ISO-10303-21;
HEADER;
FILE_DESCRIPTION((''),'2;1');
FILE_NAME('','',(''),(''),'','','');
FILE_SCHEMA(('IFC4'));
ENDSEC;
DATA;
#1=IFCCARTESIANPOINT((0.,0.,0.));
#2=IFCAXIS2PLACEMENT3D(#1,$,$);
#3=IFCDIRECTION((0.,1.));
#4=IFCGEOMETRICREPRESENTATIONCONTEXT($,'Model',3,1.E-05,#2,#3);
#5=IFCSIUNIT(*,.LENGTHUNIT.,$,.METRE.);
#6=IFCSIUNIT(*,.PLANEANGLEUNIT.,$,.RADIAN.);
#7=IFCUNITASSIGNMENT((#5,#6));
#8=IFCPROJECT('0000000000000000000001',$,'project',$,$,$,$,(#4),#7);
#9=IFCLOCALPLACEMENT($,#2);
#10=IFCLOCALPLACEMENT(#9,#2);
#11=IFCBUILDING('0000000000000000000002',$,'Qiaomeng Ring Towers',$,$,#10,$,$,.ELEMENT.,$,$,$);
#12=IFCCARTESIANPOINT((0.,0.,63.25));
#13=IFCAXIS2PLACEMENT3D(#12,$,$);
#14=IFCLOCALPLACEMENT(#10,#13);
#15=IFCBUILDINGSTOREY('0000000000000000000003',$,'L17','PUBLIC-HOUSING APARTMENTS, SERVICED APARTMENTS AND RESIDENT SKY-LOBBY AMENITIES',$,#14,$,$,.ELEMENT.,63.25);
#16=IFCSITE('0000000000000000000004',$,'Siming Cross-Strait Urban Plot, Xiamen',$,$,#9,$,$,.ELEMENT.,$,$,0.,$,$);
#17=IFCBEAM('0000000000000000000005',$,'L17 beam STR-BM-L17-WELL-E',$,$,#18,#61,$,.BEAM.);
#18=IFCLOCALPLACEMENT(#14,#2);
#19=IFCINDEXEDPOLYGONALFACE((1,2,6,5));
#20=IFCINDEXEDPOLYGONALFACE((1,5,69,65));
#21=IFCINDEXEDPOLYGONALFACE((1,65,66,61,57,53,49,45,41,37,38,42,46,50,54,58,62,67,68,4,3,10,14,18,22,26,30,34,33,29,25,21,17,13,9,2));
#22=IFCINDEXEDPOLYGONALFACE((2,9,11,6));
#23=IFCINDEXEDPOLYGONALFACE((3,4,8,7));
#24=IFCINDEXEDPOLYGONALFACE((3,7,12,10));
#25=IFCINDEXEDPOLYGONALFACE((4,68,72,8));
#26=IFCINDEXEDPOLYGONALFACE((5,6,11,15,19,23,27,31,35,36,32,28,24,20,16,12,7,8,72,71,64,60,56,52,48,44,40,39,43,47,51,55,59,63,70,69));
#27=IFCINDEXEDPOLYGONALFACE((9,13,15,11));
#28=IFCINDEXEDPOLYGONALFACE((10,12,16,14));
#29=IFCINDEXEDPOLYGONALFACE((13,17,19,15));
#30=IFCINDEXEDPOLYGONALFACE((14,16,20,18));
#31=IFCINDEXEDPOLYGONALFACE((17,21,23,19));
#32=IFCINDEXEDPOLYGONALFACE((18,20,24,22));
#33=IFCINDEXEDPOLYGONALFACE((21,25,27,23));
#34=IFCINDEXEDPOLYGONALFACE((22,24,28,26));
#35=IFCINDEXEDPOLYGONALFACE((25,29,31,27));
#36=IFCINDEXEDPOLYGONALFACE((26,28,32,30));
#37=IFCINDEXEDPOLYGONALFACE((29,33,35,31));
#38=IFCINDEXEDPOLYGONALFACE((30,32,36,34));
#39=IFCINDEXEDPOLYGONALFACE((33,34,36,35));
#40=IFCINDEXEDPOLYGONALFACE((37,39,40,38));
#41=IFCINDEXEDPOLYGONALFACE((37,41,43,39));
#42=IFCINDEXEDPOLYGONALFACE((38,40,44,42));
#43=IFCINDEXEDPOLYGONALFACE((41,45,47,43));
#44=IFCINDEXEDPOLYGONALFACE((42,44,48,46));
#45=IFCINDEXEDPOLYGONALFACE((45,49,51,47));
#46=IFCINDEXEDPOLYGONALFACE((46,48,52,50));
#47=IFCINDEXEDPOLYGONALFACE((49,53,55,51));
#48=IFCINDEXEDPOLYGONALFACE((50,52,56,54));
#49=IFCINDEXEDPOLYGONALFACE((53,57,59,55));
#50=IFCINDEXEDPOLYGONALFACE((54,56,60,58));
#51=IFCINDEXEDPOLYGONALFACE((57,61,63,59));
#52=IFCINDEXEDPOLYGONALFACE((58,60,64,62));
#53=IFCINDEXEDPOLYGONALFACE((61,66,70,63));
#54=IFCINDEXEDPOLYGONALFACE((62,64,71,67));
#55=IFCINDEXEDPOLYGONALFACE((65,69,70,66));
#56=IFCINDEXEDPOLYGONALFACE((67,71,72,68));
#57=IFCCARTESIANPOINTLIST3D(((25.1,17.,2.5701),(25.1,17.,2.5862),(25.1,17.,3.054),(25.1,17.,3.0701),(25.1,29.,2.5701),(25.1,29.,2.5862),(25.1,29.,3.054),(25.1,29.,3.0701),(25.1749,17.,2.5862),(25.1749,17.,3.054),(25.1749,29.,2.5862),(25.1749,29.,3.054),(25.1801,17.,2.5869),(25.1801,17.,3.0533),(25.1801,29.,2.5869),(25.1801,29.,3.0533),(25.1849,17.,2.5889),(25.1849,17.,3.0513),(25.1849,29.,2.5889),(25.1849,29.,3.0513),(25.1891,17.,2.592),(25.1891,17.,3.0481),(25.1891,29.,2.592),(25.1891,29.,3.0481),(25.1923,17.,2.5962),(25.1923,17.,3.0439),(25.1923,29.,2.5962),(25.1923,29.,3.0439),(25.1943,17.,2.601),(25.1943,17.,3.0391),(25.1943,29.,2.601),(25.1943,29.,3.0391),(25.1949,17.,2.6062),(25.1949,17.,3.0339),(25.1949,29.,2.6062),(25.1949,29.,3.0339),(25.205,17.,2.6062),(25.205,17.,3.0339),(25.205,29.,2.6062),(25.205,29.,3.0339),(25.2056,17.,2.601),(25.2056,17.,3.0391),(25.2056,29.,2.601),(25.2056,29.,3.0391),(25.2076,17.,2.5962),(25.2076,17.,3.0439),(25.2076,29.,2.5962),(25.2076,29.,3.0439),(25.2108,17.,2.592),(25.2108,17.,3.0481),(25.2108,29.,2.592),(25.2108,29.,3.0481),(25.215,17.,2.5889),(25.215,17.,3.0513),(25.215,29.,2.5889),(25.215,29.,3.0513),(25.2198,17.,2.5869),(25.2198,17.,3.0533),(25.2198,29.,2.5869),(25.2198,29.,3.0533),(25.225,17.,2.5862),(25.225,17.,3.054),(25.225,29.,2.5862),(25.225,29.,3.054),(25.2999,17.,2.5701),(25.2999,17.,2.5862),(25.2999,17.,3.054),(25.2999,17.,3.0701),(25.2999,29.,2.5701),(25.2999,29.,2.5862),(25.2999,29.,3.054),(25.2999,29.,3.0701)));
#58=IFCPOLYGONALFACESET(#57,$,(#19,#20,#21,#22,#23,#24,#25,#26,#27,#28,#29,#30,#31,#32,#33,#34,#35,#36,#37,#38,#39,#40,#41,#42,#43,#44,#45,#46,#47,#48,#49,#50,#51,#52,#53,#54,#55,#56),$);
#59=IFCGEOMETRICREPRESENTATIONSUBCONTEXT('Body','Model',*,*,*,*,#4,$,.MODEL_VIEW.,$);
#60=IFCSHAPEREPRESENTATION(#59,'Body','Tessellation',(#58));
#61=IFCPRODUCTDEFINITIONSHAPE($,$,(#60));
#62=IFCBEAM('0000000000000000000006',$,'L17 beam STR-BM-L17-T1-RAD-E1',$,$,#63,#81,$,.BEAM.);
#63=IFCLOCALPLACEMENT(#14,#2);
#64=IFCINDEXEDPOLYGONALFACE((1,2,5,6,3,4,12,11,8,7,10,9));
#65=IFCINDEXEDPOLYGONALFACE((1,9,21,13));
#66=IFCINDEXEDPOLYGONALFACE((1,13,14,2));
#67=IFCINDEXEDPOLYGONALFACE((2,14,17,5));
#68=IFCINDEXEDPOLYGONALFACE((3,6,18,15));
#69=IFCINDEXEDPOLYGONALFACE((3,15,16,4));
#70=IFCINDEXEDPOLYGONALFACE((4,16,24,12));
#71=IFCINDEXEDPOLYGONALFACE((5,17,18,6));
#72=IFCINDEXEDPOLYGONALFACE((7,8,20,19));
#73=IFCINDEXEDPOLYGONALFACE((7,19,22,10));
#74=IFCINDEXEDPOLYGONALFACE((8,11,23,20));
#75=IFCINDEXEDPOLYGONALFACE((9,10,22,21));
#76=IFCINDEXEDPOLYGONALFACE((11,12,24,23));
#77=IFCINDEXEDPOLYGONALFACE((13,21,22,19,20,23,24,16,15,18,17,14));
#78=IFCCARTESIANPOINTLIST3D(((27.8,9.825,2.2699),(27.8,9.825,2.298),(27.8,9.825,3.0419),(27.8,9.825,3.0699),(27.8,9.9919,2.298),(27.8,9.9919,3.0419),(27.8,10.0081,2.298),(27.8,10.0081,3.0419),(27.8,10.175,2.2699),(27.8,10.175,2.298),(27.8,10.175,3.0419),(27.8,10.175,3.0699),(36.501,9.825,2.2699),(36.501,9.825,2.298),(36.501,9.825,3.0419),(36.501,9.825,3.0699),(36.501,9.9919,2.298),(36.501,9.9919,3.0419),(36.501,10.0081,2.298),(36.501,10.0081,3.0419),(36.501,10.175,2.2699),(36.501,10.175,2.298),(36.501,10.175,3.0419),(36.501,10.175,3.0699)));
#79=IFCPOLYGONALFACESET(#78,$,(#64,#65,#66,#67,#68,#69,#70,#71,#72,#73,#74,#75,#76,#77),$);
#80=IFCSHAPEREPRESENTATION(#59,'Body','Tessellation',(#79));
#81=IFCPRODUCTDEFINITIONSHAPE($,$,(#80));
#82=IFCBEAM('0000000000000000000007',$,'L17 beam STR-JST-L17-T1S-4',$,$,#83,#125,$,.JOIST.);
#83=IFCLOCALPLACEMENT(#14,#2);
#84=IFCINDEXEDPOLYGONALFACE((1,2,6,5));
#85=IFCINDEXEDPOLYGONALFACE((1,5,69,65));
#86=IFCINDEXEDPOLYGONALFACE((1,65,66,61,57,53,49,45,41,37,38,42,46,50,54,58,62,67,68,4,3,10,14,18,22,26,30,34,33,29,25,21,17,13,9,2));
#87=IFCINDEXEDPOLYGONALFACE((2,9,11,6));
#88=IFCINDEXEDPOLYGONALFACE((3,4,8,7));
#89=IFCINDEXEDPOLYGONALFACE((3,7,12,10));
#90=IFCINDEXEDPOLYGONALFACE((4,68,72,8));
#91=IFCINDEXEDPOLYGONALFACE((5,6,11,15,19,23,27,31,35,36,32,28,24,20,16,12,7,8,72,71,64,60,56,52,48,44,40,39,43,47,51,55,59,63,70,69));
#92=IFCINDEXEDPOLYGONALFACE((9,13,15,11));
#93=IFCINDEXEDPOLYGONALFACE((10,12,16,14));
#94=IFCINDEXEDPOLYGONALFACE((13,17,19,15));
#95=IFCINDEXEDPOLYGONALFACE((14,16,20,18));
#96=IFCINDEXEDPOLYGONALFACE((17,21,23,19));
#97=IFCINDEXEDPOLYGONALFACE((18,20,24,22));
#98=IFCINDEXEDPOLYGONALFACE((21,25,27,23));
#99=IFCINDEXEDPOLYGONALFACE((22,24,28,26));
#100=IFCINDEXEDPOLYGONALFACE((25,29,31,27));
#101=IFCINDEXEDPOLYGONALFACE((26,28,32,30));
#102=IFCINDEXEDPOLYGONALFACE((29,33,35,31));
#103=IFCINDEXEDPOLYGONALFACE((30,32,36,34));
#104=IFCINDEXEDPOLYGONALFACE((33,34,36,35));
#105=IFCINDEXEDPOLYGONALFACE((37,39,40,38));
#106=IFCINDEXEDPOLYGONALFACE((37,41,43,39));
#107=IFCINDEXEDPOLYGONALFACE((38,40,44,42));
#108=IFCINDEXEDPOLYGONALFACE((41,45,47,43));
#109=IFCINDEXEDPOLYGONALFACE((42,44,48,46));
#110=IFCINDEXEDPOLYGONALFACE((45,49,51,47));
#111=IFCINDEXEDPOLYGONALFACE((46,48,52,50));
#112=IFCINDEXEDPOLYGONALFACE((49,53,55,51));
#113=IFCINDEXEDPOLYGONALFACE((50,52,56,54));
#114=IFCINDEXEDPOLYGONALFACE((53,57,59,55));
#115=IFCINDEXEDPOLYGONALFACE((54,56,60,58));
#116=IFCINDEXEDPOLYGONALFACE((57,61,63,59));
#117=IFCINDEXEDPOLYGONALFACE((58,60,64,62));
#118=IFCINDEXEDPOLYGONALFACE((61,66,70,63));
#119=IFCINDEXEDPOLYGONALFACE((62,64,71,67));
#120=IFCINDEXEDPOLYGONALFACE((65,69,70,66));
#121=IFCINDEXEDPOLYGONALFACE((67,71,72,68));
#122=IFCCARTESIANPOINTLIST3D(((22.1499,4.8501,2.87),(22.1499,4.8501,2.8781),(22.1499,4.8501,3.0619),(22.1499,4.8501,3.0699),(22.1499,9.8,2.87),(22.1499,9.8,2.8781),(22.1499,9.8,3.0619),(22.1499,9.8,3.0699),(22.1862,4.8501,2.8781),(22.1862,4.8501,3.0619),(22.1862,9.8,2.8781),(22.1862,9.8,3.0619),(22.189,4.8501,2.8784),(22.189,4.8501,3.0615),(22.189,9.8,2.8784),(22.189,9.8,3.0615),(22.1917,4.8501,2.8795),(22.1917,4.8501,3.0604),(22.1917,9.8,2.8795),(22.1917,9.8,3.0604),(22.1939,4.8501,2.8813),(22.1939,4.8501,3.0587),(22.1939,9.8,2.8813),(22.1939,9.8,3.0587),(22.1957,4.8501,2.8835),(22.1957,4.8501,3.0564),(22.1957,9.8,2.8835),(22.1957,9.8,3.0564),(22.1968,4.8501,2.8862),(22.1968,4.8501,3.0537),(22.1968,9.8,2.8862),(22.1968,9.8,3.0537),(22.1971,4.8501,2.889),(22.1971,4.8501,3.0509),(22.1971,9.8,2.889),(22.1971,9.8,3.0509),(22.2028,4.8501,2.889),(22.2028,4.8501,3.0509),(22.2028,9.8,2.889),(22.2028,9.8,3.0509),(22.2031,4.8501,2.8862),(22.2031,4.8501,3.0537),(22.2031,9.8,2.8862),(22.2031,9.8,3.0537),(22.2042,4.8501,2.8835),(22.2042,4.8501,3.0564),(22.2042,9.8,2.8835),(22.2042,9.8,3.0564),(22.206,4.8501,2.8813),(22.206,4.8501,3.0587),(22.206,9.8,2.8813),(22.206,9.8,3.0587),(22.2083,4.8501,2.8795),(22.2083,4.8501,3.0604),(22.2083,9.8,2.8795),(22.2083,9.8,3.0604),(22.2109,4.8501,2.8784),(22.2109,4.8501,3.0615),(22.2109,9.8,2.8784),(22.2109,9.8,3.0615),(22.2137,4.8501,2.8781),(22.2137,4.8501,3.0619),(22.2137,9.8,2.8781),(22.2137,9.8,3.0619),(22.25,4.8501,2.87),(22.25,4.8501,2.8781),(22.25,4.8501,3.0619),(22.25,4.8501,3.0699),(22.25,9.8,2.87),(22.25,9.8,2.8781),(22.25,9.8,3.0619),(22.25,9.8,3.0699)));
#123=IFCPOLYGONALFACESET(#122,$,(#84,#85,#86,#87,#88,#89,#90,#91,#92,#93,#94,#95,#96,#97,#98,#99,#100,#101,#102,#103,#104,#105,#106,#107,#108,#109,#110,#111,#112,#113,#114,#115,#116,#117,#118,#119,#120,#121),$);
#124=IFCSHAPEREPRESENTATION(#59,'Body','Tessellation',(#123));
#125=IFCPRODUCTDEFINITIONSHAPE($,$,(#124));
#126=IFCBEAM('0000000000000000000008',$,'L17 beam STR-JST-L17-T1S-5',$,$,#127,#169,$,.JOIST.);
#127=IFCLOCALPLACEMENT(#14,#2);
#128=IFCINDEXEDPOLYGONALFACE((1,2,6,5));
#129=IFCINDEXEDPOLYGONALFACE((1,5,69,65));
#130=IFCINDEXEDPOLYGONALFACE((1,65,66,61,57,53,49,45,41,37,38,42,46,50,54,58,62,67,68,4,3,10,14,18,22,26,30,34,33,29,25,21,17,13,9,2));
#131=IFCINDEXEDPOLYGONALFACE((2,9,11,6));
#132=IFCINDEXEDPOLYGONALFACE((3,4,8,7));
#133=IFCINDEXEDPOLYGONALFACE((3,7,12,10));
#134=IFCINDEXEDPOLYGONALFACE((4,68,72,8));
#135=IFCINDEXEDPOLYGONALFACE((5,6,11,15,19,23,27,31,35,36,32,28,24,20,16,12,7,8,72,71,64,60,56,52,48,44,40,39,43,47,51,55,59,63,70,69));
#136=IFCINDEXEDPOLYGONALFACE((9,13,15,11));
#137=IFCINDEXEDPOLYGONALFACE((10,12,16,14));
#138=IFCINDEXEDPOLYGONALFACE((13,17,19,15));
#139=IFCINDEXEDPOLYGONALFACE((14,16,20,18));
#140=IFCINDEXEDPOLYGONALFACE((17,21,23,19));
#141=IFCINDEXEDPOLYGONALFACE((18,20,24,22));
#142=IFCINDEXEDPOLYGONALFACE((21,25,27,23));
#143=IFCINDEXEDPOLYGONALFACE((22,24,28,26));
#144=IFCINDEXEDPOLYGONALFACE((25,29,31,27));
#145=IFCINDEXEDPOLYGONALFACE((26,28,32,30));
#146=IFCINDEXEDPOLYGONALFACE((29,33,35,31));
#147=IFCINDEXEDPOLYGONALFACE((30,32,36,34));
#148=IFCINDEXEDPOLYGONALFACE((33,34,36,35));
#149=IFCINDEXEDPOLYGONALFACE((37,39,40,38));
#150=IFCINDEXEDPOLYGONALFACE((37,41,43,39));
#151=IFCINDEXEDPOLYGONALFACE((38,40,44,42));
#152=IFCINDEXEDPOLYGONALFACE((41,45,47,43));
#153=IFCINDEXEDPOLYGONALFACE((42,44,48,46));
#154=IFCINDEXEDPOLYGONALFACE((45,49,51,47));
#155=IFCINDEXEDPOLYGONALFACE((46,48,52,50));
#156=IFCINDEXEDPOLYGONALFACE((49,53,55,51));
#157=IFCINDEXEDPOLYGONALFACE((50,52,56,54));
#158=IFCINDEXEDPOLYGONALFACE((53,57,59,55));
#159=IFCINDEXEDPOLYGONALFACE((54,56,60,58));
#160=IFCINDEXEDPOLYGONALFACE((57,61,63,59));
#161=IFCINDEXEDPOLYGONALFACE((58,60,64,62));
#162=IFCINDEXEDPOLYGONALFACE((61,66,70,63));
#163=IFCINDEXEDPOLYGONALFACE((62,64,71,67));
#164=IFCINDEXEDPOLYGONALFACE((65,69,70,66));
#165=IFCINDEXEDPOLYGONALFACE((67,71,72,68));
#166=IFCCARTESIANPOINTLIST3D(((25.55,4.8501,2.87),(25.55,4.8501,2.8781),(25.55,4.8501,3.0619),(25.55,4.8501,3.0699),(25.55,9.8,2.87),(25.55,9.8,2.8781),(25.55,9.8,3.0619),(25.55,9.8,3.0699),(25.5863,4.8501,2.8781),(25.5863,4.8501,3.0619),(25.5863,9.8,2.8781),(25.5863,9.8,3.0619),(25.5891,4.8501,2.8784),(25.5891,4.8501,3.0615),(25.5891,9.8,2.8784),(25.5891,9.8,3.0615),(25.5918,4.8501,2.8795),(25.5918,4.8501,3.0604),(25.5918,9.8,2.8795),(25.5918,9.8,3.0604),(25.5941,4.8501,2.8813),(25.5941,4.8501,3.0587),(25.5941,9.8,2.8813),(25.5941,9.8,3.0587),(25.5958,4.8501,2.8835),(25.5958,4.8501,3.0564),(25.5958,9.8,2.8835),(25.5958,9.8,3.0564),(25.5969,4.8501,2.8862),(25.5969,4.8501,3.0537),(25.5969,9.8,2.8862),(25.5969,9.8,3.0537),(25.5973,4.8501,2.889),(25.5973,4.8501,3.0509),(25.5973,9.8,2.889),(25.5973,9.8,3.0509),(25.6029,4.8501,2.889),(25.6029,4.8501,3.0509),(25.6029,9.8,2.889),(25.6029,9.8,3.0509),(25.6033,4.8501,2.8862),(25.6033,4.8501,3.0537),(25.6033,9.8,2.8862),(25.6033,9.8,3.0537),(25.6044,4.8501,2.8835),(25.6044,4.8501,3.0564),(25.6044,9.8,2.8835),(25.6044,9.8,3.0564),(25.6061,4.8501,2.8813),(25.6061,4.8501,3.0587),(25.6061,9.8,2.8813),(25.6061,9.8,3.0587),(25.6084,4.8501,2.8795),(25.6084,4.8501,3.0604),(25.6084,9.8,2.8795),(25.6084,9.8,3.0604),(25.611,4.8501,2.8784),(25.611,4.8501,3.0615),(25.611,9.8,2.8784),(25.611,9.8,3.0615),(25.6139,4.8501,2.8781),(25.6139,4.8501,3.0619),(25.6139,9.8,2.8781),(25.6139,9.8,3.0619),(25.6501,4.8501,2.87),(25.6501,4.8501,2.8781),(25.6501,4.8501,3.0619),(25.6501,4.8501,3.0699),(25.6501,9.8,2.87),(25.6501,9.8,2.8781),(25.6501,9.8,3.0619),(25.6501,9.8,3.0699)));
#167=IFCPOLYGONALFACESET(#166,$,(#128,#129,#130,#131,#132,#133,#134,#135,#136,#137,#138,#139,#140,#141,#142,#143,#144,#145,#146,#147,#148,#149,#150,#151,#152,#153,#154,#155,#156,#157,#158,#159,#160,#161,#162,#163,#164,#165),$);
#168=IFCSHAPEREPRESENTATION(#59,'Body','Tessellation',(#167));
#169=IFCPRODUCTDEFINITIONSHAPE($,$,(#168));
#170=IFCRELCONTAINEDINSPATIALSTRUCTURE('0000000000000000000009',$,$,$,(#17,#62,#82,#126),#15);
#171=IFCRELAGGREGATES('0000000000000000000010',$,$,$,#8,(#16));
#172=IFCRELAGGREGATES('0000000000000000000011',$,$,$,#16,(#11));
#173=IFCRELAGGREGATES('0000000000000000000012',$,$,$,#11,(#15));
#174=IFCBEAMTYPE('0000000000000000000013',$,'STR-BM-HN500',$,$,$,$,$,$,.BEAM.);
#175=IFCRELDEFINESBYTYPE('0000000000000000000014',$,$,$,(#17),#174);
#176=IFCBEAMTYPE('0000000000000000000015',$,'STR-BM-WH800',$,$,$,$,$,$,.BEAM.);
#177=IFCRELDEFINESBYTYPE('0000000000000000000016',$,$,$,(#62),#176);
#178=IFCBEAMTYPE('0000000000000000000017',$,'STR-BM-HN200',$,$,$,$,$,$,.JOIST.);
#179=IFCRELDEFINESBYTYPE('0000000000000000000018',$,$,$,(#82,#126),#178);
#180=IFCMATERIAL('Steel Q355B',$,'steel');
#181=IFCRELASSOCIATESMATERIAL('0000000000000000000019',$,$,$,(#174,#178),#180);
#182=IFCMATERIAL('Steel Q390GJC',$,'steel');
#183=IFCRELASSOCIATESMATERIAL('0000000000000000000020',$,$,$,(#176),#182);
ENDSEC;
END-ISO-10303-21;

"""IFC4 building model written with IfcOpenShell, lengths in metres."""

from ifc_helpers import new_model, si_unit, direction, frame, origin, origin_2d, place, context, subcontext, project, spatial, i_section, extrude, source, transform, mapped, material, material_profile, profile_set, type_object, element, save


model = new_model("IFC4")

# Units and contexts
model_context = context("Model", 3, precision=1e-05, world=origin(), true_north=direction((0.0, 1.0)))
body_context = subcontext(model_context, "Body", "Model", "MODEL_VIEW")
ifc_project = project(units=[si_unit("LENGTHUNIT", "METRE"), si_unit("PLANEANGLEUNIT", "RADIAN")], contexts=[model_context])

# Site, building, storey
site_placement = place(None, origin())
site = spatial("IfcSite", under=ifc_project, at=site_placement, Name="Siming Cross-Strait Urban Plot, Xiamen", CompositionType="ELEMENT", RefElevation=0.0)
building_placement = place(site_placement, origin())
building = spatial("IfcBuilding", under=site, at=building_placement, Name="Qiaomeng Ring Towers", CompositionType="ELEMENT")
storey_placement = place(building_placement, frame((0.0, 0.0, 63.25)))
storey = spatial("IfcBuildingStorey", under=building, at=storey_placement, Name="L17", Description="PUBLIC-HOUSING APARTMENTS, SERVICED APARTMENTS AND RESIDENT SKY-LOBBY AMENITIES", CompositionType="ELEMENT", Elevation=63.25)

# Beams
ifc_material_1 = material(Name="Steel Q355B", Category="steel")
ifc_material_profile_1 = material_profile(ifc_material_1, i_section(OverallWidth=0.2, OverallDepth=0.5, WebThickness=0.01, FlangeThickness=0.0161, FilletRadius=0.02, at=origin_2d()), Name="HN 500x200x10x16")
ifc_profile_set_1 = profile_set([ifc_material_profile_1], Name="Steel Q355B")
beam_type_1 = type_object("IfcBeamType", Name="STR-BM-HN500", PredefinedType="BEAM", material=ifc_profile_set_1)
shared_shape_1 = source(origin(), body_context, "Body", "SweptSolid", [
    extrude(i_section(OverallWidth=0.2, OverallDepth=0.5, WebThickness=0.01, FlangeThickness=0.0161, FilletRadius=0.02, at=origin_2d()), origin(), (0.0, 0.0, 1.0), 12.0),
])
beam_1_placement = place(storey_placement, frame((25.2, 17.0, 2.8201), z_axis=(0.0, 1.0, 0.0), x_axis=(-1.0, 0.0, 0.0)))
element("IfcBeam", 1, at=beam_1_placement, inside=storey, type_object=beam_type_1, Name="L17 beam STR-BM-L17-WELL-E", PredefinedType="BEAM", context=body_context, shape_type="MappedRepresentation", body=[
    mapped(shared_shape_1, transform((0.0, 0.0, 0.0), x_axis=(1.0, 0.0, 0.0), y_axis=(0.0, 1.0, 0.0), z_axis=(0.0, 0.0, 1.0), scale=1.0)),
])
ifc_material_2 = material(Name="Steel Q390GJC", Category="steel")
ifc_material_profile_2 = material_profile(ifc_material_2, i_section(OverallWidth=0.3501, OverallDepth=0.8, WebThickness=0.0161, FlangeThickness=0.0281, at=origin_2d()), Name="WH 800x350x16x28")
ifc_profile_set_2 = profile_set([ifc_material_profile_2], Name="Steel Q390GJC")
beam_type_2 = type_object("IfcBeamType", Name="STR-BM-WH800", PredefinedType="BEAM", material=ifc_profile_set_2)
shared_shape_2 = source(origin(), body_context, "Body", "SweptSolid", [
    extrude(i_section(OverallWidth=0.3501, OverallDepth=0.8, WebThickness=0.0161, FlangeThickness=0.0281, at=origin_2d()), origin(), (0.0, 0.0, 1.0), 8.7009),
])
beam_2_placement = place(storey_placement, frame((27.8, 10.0, 2.6699), z_axis=(1.0, 0.0, 0.0), x_axis=(0.0, 1.0, 0.0)))
element("IfcBeam", 2, at=beam_2_placement, inside=storey, type_object=beam_type_2, Name="L17 beam STR-BM-L17-T1-RAD-E1", PredefinedType="BEAM", context=body_context, shape_type="MappedRepresentation", body=[
    mapped(shared_shape_2, transform((0.0, 0.0, 0.0), x_axis=(1.0, 0.0, 0.0), y_axis=(0.0, 1.0, 0.0), z_axis=(0.0, 0.0, 1.0), scale=1.0)),
])
ifc_material_profile_3 = material_profile(ifc_material_1, i_section(OverallWidth=0.1001, OverallDepth=0.2, WebThickness=0.0056, FlangeThickness=0.0081, FilletRadius=0.011, at=origin_2d()), Name="HN 200x100x5.5x8")
ifc_profile_set_3 = profile_set([ifc_material_profile_3], Name="Steel Q355B")
beam_type_3 = type_object("IfcBeamType", Name="STR-BM-HN200", PredefinedType="JOIST", material=ifc_profile_set_3)
shared_shape_3 = source(origin(), body_context, "Body", "SweptSolid", [
    extrude(i_section(OverallWidth=0.1001, OverallDepth=0.2, WebThickness=0.0056, FlangeThickness=0.0081, FilletRadius=0.011, at=origin_2d()), origin(), (0.0, 0.0, 1.0), 4.95),
])
for number, where, z_axis, x_axis, name in (
    (3, (22.2, 4.8501, 2.97), (0.0, 1.0, 0.0), (-1.0, 0.0, 0.0), "L17 beam STR-JST-L17-T1S-4"),
    (4, (25.6001, 4.8501, 2.97), (0.0, 1.0, 0.0), (-1.0, 0.0, 0.0), "L17 beam STR-JST-L17-T1S-5"),
):
    element("IfcBeam", number, at=place(storey_placement, frame(where, z_axis=z_axis, x_axis=x_axis)), inside=storey, type_object=beam_type_3, Name=name, PredefinedType="JOIST", context=body_context, shape_type="MappedRepresentation", body=[
        mapped(shared_shape_3, transform((0.0, 0.0, 0.0), x_axis=(1.0, 0.0, 0.0), y_axis=(0.0, 1.0, 0.0), z_axis=(0.0, 0.0, 1.0), scale=1.0)),
    ])

save(model, "model.ifc")
